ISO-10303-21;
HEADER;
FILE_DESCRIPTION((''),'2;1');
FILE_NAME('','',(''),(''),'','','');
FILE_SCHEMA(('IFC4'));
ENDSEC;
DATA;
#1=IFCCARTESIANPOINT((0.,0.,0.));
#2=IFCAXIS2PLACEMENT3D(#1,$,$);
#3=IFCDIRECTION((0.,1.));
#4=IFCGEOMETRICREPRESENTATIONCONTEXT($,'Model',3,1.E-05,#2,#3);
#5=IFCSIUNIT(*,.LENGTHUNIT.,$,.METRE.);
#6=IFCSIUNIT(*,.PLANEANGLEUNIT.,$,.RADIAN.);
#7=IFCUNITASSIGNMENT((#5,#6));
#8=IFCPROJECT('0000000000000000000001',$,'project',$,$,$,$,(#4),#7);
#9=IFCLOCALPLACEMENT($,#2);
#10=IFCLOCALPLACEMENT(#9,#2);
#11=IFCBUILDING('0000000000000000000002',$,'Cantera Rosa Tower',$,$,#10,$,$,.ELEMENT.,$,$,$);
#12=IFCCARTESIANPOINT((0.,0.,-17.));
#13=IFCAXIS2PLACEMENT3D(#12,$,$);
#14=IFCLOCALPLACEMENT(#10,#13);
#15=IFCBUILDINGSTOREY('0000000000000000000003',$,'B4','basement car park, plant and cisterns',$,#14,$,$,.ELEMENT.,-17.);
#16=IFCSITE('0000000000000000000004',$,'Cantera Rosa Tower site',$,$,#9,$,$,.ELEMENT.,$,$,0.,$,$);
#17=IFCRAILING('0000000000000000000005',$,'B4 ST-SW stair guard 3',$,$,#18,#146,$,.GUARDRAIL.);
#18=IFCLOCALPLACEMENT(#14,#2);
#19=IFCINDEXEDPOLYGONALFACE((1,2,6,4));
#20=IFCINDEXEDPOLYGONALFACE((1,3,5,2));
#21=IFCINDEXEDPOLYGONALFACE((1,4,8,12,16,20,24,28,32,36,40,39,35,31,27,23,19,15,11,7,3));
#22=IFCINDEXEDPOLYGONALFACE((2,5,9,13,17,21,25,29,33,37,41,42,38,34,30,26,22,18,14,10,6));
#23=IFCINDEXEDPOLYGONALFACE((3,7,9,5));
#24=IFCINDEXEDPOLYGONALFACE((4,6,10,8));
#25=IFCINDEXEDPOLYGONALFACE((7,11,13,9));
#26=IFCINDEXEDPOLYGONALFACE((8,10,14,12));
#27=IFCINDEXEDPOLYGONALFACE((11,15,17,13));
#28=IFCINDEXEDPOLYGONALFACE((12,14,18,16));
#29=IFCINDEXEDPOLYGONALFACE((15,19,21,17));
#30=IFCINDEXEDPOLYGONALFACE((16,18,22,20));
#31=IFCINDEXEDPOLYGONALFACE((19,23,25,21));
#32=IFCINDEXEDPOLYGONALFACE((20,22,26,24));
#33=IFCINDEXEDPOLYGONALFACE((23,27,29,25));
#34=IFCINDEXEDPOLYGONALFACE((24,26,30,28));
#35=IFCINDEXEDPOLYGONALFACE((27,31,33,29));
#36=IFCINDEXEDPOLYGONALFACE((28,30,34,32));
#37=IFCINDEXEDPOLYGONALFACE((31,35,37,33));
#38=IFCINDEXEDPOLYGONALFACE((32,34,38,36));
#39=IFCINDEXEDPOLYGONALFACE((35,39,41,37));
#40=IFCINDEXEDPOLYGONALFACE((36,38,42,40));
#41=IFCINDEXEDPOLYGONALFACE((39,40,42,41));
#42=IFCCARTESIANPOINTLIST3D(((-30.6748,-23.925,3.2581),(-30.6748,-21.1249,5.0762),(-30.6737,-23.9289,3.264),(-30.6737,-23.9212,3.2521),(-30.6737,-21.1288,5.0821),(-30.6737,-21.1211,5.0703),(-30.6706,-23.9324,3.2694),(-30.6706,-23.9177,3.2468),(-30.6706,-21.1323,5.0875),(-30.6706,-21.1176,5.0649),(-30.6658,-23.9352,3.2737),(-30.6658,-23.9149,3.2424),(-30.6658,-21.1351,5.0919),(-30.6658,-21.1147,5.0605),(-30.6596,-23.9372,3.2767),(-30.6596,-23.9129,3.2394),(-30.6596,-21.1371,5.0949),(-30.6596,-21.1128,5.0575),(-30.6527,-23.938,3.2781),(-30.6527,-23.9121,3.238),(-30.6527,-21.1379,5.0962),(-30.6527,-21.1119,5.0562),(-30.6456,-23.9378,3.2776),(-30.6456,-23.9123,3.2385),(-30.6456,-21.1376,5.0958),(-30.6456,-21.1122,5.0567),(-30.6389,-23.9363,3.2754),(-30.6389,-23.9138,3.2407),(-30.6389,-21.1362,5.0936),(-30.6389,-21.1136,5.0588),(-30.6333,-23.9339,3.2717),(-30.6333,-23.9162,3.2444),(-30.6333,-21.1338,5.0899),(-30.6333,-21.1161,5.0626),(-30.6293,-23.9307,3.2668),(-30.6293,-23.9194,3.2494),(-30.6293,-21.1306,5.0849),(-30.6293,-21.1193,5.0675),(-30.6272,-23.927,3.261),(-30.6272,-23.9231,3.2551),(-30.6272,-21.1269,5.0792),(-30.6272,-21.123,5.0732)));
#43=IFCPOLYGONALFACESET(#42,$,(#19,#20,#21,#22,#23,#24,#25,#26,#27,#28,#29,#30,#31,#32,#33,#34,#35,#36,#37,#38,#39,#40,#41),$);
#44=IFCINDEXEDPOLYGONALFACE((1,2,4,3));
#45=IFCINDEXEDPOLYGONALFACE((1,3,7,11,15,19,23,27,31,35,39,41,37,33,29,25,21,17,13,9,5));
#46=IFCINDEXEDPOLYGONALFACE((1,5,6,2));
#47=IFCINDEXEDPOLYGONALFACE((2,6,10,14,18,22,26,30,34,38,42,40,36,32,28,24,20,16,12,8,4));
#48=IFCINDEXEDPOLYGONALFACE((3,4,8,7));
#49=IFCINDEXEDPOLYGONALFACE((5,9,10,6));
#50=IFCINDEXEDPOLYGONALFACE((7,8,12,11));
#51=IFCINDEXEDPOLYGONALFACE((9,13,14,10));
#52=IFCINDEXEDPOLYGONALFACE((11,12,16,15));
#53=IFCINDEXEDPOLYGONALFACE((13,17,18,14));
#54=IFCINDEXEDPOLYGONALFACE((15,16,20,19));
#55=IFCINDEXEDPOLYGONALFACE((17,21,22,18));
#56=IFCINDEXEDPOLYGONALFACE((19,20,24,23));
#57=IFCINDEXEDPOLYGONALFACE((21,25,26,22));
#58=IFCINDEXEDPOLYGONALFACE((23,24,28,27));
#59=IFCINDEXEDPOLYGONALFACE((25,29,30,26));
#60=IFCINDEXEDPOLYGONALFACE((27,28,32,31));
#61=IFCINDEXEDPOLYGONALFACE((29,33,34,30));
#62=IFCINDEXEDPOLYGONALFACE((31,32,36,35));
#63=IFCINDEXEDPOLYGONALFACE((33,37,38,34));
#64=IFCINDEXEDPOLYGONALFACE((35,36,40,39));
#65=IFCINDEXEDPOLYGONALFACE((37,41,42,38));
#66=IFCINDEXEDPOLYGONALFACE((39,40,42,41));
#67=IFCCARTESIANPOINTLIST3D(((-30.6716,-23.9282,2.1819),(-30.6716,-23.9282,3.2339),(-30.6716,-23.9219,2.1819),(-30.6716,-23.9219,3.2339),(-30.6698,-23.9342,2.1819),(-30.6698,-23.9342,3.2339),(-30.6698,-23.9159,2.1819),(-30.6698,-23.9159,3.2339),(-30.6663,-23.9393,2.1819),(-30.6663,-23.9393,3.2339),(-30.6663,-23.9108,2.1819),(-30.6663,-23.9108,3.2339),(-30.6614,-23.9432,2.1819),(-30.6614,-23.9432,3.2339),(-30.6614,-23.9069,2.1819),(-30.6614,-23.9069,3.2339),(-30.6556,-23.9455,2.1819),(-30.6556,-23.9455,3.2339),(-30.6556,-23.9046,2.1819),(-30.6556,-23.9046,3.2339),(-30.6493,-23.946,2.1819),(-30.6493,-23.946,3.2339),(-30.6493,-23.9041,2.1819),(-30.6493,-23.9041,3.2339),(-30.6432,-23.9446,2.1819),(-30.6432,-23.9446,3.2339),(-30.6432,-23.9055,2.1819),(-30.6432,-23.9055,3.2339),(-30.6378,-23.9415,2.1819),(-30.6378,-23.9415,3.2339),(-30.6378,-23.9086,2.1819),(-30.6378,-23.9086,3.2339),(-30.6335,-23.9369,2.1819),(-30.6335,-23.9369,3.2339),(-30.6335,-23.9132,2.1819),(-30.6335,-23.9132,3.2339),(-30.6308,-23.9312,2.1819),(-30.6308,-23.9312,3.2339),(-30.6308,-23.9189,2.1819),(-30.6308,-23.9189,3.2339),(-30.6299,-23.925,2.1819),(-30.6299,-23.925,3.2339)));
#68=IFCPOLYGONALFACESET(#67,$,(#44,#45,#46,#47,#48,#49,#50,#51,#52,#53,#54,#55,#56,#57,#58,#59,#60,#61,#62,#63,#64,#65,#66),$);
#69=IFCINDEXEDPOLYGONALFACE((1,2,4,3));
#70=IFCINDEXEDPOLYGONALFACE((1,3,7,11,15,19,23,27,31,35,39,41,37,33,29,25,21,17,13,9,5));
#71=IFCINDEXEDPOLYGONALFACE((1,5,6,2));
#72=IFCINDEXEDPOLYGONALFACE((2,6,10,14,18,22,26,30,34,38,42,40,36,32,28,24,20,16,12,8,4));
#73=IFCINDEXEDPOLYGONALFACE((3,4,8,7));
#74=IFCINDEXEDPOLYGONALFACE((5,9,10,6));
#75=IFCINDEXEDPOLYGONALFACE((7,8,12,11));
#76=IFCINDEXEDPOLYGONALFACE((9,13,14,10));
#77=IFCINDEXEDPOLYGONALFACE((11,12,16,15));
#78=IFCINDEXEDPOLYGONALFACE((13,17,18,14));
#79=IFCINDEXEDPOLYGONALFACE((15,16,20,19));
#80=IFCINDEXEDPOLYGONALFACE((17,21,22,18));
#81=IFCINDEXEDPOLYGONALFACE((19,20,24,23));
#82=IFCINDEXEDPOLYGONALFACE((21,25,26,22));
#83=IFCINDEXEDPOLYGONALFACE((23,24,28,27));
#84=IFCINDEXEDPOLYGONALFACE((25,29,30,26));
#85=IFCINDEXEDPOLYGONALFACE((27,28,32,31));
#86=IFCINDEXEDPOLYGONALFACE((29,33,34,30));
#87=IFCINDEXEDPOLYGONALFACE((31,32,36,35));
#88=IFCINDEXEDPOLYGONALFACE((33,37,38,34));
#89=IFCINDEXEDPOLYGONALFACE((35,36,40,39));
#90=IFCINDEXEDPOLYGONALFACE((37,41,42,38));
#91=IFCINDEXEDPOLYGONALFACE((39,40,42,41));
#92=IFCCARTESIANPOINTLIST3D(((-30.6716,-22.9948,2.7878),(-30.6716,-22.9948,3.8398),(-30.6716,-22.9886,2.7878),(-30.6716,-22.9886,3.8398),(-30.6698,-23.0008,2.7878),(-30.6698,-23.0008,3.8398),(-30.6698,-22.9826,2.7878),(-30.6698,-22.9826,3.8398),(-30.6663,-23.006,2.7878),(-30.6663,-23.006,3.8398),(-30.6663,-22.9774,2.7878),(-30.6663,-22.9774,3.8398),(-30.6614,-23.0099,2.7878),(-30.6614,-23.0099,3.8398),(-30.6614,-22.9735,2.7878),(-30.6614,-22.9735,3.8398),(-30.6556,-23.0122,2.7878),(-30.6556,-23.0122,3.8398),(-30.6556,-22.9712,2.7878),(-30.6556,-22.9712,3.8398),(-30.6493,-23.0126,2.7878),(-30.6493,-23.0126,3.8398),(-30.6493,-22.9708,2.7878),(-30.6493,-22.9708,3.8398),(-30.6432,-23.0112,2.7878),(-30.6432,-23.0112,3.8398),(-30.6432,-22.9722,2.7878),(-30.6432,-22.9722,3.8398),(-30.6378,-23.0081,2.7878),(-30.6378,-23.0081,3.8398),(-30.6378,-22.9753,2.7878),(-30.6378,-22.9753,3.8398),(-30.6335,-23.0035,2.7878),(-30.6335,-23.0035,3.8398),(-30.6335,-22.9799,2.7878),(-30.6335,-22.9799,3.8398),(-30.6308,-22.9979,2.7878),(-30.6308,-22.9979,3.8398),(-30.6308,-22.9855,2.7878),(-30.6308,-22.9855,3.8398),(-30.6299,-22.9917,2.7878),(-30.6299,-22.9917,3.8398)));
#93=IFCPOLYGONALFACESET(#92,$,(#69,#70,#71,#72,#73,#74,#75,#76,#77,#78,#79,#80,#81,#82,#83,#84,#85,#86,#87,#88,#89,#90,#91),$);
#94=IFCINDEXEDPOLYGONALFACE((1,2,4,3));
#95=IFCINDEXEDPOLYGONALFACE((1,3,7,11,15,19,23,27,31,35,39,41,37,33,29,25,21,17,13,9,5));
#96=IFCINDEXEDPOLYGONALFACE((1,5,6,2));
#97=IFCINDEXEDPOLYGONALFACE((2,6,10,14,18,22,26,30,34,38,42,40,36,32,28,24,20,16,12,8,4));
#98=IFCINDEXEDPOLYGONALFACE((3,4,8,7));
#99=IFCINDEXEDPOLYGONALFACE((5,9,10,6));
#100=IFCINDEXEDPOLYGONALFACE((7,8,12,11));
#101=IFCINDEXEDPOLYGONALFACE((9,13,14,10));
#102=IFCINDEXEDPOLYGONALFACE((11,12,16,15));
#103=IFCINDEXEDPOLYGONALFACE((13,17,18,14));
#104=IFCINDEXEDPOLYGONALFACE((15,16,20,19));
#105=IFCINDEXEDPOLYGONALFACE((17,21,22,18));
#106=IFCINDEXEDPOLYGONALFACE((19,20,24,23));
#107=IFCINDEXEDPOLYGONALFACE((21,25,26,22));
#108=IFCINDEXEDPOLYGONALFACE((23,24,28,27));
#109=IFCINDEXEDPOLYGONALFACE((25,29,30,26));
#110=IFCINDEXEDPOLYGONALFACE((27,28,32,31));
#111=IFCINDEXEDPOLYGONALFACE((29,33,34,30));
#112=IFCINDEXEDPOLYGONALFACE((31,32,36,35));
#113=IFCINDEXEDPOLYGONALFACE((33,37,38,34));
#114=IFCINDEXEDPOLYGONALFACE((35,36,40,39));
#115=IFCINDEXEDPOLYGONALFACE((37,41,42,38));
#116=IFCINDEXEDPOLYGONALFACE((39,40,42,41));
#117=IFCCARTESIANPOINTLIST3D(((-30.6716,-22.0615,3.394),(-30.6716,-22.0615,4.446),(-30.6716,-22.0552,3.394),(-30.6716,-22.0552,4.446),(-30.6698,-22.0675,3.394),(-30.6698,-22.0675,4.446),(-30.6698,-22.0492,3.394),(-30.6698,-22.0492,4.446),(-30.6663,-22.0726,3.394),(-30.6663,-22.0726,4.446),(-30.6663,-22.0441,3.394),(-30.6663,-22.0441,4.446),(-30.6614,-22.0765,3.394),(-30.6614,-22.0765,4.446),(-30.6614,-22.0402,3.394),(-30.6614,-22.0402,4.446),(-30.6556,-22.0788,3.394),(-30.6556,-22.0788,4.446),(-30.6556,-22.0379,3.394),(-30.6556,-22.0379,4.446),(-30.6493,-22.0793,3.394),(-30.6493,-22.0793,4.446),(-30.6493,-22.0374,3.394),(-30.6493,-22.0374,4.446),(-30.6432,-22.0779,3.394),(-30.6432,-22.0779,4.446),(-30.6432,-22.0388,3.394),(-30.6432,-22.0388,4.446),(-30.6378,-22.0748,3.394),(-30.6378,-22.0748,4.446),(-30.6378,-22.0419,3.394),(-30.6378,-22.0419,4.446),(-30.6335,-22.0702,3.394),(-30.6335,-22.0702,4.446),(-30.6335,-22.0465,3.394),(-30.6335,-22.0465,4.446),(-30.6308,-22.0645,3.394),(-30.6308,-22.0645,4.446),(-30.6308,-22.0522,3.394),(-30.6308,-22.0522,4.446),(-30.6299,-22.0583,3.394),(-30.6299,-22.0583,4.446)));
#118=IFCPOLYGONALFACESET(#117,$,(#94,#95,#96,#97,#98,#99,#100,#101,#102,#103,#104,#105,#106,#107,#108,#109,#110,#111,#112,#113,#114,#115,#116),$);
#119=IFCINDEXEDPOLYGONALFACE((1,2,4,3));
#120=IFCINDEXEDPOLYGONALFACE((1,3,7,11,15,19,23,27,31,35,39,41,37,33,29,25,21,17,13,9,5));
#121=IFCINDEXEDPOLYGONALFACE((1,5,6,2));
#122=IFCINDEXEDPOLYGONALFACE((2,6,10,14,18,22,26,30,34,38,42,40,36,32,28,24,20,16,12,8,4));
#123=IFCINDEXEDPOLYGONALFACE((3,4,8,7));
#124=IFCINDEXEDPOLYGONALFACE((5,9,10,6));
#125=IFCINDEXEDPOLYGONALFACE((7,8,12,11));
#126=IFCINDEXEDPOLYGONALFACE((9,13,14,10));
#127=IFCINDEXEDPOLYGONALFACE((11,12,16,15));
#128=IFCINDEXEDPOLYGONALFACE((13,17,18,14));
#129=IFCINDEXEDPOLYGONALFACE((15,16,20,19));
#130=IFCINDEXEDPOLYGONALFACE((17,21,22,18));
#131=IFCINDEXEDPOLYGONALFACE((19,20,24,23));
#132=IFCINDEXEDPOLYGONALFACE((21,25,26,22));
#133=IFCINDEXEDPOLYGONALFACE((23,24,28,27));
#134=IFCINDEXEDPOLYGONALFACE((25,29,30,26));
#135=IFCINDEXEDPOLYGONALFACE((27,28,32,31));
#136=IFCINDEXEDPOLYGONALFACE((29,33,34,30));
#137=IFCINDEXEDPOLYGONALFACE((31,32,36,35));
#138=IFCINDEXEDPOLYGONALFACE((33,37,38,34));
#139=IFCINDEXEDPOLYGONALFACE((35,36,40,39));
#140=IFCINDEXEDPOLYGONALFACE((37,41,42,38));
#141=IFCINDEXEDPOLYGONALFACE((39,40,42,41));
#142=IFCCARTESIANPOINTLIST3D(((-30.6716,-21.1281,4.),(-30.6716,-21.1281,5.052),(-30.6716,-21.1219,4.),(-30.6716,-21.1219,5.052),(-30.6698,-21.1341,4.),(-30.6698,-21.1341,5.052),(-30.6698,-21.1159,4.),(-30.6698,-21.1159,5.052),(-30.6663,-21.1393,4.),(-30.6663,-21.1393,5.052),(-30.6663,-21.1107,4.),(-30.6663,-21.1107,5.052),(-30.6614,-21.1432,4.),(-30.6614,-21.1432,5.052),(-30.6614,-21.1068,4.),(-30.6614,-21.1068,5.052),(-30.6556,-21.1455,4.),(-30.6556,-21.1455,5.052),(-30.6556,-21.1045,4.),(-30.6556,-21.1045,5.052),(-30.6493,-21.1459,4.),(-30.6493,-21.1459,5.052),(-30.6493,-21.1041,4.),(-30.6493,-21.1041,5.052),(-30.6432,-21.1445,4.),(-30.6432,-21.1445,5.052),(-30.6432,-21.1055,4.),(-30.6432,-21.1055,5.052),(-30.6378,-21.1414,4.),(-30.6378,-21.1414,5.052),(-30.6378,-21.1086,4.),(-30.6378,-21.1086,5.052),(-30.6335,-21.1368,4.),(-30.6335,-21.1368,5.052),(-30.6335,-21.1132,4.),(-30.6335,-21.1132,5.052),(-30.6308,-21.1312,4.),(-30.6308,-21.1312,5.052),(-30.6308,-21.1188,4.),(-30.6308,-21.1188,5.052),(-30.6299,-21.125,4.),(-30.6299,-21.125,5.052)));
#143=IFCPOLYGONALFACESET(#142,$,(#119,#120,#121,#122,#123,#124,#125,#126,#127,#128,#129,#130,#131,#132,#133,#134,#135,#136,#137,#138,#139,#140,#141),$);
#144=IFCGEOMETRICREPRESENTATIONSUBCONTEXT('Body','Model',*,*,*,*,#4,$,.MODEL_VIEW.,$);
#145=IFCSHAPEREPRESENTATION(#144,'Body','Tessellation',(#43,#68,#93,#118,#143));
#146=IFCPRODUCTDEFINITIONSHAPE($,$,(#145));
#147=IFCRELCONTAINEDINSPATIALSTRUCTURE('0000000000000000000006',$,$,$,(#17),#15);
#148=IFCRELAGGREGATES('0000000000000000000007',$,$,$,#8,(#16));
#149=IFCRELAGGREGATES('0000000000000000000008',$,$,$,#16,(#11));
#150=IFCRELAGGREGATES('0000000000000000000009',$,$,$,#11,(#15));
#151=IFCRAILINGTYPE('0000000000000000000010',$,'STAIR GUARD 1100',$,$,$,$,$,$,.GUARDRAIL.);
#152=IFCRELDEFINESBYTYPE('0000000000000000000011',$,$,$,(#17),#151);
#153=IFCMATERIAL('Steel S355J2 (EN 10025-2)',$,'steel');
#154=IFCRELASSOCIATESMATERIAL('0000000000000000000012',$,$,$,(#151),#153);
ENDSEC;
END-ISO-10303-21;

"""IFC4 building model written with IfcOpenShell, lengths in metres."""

from ifc_helpers import new_model, si_unit, direction, frame, origin, origin_2d, place, context, subcontext, project, spatial, circle, extrude, material, type_object, element, save


model = new_model("IFC4")

# Units and contexts
model_context = context("Model", 3, precision=1e-05, world=origin(), true_north=direction((0.0, 1.0)))
body_context = subcontext(model_context, "Body", "Model", "MODEL_VIEW")
ifc_project = project(units=[si_unit("LENGTHUNIT", "METRE"), si_unit("PLANEANGLEUNIT", "RADIAN")], contexts=[model_context])

# Site, building, storey
site_placement = place(None, origin())
site = spatial("IfcSite", under=ifc_project, at=site_placement, Name="Cantera Rosa Tower site", CompositionType="ELEMENT", RefElevation=0.0)
building_placement = place(site_placement, origin())
building = spatial("IfcBuilding", under=site, at=building_placement, Name="Cantera Rosa Tower", CompositionType="ELEMENT")
storey_placement = place(building_placement, frame((0.0, 0.0, -17.0)))
storey = spatial("IfcBuildingStorey", under=building, at=storey_placement, Name="B4", Description="basement car park, plant and cisterns", CompositionType="ELEMENT", Elevation=-17.0)

# Railing
ifc_material_1 = material(Name="Steel S355J2 (EN 10025-2)", Category="steel")
railing_type_1 = type_object("IfcRailingType", Name="STAIR GUARD 1100", PredefinedType="GUARDRAIL", material=ifc_material_1)
railing_1_placement = place(storey_placement, frame((-30.6509, -23.925, 2.1819)))
element("IfcRailing", 1, at=railing_1_placement, inside=storey, type_object=railing_type_1, Name="B4 ST-SW stair guard 3", PredefinedType="GUARDRAIL", context=body_context, shape_type="SweptSolid", body=[
    extrude(circle(Radius=0.0239, at=origin_2d()), frame((0.0, 0.0, 1.0762), z_axis=(0.0, 0.838706, 0.544585), x_axis=(-1.0, 0.0, 0.0)), (0.0, 0.0, 1.0), 3.3386),
    extrude(circle(Radius=0.021, at=origin_2d()), origin(), (0.0, 0.0, 1.0), 1.052),
    extrude(circle(Radius=0.021, at=origin_2d()), frame((0.0, 0.9333, 0.606)), (0.0, 0.0, 1.0), 1.052),
    extrude(circle(Radius=0.021, at=origin_2d()), frame((0.0, 1.8667, 1.2122)), (0.0, 0.0, 1.0), 1.052),
    extrude(circle(Radius=0.021, at=origin_2d()), frame((0.0, 2.8, 1.8181)), (0.0, 0.0, 1.0), 1.052),
])

save(model, "model.ifc")
